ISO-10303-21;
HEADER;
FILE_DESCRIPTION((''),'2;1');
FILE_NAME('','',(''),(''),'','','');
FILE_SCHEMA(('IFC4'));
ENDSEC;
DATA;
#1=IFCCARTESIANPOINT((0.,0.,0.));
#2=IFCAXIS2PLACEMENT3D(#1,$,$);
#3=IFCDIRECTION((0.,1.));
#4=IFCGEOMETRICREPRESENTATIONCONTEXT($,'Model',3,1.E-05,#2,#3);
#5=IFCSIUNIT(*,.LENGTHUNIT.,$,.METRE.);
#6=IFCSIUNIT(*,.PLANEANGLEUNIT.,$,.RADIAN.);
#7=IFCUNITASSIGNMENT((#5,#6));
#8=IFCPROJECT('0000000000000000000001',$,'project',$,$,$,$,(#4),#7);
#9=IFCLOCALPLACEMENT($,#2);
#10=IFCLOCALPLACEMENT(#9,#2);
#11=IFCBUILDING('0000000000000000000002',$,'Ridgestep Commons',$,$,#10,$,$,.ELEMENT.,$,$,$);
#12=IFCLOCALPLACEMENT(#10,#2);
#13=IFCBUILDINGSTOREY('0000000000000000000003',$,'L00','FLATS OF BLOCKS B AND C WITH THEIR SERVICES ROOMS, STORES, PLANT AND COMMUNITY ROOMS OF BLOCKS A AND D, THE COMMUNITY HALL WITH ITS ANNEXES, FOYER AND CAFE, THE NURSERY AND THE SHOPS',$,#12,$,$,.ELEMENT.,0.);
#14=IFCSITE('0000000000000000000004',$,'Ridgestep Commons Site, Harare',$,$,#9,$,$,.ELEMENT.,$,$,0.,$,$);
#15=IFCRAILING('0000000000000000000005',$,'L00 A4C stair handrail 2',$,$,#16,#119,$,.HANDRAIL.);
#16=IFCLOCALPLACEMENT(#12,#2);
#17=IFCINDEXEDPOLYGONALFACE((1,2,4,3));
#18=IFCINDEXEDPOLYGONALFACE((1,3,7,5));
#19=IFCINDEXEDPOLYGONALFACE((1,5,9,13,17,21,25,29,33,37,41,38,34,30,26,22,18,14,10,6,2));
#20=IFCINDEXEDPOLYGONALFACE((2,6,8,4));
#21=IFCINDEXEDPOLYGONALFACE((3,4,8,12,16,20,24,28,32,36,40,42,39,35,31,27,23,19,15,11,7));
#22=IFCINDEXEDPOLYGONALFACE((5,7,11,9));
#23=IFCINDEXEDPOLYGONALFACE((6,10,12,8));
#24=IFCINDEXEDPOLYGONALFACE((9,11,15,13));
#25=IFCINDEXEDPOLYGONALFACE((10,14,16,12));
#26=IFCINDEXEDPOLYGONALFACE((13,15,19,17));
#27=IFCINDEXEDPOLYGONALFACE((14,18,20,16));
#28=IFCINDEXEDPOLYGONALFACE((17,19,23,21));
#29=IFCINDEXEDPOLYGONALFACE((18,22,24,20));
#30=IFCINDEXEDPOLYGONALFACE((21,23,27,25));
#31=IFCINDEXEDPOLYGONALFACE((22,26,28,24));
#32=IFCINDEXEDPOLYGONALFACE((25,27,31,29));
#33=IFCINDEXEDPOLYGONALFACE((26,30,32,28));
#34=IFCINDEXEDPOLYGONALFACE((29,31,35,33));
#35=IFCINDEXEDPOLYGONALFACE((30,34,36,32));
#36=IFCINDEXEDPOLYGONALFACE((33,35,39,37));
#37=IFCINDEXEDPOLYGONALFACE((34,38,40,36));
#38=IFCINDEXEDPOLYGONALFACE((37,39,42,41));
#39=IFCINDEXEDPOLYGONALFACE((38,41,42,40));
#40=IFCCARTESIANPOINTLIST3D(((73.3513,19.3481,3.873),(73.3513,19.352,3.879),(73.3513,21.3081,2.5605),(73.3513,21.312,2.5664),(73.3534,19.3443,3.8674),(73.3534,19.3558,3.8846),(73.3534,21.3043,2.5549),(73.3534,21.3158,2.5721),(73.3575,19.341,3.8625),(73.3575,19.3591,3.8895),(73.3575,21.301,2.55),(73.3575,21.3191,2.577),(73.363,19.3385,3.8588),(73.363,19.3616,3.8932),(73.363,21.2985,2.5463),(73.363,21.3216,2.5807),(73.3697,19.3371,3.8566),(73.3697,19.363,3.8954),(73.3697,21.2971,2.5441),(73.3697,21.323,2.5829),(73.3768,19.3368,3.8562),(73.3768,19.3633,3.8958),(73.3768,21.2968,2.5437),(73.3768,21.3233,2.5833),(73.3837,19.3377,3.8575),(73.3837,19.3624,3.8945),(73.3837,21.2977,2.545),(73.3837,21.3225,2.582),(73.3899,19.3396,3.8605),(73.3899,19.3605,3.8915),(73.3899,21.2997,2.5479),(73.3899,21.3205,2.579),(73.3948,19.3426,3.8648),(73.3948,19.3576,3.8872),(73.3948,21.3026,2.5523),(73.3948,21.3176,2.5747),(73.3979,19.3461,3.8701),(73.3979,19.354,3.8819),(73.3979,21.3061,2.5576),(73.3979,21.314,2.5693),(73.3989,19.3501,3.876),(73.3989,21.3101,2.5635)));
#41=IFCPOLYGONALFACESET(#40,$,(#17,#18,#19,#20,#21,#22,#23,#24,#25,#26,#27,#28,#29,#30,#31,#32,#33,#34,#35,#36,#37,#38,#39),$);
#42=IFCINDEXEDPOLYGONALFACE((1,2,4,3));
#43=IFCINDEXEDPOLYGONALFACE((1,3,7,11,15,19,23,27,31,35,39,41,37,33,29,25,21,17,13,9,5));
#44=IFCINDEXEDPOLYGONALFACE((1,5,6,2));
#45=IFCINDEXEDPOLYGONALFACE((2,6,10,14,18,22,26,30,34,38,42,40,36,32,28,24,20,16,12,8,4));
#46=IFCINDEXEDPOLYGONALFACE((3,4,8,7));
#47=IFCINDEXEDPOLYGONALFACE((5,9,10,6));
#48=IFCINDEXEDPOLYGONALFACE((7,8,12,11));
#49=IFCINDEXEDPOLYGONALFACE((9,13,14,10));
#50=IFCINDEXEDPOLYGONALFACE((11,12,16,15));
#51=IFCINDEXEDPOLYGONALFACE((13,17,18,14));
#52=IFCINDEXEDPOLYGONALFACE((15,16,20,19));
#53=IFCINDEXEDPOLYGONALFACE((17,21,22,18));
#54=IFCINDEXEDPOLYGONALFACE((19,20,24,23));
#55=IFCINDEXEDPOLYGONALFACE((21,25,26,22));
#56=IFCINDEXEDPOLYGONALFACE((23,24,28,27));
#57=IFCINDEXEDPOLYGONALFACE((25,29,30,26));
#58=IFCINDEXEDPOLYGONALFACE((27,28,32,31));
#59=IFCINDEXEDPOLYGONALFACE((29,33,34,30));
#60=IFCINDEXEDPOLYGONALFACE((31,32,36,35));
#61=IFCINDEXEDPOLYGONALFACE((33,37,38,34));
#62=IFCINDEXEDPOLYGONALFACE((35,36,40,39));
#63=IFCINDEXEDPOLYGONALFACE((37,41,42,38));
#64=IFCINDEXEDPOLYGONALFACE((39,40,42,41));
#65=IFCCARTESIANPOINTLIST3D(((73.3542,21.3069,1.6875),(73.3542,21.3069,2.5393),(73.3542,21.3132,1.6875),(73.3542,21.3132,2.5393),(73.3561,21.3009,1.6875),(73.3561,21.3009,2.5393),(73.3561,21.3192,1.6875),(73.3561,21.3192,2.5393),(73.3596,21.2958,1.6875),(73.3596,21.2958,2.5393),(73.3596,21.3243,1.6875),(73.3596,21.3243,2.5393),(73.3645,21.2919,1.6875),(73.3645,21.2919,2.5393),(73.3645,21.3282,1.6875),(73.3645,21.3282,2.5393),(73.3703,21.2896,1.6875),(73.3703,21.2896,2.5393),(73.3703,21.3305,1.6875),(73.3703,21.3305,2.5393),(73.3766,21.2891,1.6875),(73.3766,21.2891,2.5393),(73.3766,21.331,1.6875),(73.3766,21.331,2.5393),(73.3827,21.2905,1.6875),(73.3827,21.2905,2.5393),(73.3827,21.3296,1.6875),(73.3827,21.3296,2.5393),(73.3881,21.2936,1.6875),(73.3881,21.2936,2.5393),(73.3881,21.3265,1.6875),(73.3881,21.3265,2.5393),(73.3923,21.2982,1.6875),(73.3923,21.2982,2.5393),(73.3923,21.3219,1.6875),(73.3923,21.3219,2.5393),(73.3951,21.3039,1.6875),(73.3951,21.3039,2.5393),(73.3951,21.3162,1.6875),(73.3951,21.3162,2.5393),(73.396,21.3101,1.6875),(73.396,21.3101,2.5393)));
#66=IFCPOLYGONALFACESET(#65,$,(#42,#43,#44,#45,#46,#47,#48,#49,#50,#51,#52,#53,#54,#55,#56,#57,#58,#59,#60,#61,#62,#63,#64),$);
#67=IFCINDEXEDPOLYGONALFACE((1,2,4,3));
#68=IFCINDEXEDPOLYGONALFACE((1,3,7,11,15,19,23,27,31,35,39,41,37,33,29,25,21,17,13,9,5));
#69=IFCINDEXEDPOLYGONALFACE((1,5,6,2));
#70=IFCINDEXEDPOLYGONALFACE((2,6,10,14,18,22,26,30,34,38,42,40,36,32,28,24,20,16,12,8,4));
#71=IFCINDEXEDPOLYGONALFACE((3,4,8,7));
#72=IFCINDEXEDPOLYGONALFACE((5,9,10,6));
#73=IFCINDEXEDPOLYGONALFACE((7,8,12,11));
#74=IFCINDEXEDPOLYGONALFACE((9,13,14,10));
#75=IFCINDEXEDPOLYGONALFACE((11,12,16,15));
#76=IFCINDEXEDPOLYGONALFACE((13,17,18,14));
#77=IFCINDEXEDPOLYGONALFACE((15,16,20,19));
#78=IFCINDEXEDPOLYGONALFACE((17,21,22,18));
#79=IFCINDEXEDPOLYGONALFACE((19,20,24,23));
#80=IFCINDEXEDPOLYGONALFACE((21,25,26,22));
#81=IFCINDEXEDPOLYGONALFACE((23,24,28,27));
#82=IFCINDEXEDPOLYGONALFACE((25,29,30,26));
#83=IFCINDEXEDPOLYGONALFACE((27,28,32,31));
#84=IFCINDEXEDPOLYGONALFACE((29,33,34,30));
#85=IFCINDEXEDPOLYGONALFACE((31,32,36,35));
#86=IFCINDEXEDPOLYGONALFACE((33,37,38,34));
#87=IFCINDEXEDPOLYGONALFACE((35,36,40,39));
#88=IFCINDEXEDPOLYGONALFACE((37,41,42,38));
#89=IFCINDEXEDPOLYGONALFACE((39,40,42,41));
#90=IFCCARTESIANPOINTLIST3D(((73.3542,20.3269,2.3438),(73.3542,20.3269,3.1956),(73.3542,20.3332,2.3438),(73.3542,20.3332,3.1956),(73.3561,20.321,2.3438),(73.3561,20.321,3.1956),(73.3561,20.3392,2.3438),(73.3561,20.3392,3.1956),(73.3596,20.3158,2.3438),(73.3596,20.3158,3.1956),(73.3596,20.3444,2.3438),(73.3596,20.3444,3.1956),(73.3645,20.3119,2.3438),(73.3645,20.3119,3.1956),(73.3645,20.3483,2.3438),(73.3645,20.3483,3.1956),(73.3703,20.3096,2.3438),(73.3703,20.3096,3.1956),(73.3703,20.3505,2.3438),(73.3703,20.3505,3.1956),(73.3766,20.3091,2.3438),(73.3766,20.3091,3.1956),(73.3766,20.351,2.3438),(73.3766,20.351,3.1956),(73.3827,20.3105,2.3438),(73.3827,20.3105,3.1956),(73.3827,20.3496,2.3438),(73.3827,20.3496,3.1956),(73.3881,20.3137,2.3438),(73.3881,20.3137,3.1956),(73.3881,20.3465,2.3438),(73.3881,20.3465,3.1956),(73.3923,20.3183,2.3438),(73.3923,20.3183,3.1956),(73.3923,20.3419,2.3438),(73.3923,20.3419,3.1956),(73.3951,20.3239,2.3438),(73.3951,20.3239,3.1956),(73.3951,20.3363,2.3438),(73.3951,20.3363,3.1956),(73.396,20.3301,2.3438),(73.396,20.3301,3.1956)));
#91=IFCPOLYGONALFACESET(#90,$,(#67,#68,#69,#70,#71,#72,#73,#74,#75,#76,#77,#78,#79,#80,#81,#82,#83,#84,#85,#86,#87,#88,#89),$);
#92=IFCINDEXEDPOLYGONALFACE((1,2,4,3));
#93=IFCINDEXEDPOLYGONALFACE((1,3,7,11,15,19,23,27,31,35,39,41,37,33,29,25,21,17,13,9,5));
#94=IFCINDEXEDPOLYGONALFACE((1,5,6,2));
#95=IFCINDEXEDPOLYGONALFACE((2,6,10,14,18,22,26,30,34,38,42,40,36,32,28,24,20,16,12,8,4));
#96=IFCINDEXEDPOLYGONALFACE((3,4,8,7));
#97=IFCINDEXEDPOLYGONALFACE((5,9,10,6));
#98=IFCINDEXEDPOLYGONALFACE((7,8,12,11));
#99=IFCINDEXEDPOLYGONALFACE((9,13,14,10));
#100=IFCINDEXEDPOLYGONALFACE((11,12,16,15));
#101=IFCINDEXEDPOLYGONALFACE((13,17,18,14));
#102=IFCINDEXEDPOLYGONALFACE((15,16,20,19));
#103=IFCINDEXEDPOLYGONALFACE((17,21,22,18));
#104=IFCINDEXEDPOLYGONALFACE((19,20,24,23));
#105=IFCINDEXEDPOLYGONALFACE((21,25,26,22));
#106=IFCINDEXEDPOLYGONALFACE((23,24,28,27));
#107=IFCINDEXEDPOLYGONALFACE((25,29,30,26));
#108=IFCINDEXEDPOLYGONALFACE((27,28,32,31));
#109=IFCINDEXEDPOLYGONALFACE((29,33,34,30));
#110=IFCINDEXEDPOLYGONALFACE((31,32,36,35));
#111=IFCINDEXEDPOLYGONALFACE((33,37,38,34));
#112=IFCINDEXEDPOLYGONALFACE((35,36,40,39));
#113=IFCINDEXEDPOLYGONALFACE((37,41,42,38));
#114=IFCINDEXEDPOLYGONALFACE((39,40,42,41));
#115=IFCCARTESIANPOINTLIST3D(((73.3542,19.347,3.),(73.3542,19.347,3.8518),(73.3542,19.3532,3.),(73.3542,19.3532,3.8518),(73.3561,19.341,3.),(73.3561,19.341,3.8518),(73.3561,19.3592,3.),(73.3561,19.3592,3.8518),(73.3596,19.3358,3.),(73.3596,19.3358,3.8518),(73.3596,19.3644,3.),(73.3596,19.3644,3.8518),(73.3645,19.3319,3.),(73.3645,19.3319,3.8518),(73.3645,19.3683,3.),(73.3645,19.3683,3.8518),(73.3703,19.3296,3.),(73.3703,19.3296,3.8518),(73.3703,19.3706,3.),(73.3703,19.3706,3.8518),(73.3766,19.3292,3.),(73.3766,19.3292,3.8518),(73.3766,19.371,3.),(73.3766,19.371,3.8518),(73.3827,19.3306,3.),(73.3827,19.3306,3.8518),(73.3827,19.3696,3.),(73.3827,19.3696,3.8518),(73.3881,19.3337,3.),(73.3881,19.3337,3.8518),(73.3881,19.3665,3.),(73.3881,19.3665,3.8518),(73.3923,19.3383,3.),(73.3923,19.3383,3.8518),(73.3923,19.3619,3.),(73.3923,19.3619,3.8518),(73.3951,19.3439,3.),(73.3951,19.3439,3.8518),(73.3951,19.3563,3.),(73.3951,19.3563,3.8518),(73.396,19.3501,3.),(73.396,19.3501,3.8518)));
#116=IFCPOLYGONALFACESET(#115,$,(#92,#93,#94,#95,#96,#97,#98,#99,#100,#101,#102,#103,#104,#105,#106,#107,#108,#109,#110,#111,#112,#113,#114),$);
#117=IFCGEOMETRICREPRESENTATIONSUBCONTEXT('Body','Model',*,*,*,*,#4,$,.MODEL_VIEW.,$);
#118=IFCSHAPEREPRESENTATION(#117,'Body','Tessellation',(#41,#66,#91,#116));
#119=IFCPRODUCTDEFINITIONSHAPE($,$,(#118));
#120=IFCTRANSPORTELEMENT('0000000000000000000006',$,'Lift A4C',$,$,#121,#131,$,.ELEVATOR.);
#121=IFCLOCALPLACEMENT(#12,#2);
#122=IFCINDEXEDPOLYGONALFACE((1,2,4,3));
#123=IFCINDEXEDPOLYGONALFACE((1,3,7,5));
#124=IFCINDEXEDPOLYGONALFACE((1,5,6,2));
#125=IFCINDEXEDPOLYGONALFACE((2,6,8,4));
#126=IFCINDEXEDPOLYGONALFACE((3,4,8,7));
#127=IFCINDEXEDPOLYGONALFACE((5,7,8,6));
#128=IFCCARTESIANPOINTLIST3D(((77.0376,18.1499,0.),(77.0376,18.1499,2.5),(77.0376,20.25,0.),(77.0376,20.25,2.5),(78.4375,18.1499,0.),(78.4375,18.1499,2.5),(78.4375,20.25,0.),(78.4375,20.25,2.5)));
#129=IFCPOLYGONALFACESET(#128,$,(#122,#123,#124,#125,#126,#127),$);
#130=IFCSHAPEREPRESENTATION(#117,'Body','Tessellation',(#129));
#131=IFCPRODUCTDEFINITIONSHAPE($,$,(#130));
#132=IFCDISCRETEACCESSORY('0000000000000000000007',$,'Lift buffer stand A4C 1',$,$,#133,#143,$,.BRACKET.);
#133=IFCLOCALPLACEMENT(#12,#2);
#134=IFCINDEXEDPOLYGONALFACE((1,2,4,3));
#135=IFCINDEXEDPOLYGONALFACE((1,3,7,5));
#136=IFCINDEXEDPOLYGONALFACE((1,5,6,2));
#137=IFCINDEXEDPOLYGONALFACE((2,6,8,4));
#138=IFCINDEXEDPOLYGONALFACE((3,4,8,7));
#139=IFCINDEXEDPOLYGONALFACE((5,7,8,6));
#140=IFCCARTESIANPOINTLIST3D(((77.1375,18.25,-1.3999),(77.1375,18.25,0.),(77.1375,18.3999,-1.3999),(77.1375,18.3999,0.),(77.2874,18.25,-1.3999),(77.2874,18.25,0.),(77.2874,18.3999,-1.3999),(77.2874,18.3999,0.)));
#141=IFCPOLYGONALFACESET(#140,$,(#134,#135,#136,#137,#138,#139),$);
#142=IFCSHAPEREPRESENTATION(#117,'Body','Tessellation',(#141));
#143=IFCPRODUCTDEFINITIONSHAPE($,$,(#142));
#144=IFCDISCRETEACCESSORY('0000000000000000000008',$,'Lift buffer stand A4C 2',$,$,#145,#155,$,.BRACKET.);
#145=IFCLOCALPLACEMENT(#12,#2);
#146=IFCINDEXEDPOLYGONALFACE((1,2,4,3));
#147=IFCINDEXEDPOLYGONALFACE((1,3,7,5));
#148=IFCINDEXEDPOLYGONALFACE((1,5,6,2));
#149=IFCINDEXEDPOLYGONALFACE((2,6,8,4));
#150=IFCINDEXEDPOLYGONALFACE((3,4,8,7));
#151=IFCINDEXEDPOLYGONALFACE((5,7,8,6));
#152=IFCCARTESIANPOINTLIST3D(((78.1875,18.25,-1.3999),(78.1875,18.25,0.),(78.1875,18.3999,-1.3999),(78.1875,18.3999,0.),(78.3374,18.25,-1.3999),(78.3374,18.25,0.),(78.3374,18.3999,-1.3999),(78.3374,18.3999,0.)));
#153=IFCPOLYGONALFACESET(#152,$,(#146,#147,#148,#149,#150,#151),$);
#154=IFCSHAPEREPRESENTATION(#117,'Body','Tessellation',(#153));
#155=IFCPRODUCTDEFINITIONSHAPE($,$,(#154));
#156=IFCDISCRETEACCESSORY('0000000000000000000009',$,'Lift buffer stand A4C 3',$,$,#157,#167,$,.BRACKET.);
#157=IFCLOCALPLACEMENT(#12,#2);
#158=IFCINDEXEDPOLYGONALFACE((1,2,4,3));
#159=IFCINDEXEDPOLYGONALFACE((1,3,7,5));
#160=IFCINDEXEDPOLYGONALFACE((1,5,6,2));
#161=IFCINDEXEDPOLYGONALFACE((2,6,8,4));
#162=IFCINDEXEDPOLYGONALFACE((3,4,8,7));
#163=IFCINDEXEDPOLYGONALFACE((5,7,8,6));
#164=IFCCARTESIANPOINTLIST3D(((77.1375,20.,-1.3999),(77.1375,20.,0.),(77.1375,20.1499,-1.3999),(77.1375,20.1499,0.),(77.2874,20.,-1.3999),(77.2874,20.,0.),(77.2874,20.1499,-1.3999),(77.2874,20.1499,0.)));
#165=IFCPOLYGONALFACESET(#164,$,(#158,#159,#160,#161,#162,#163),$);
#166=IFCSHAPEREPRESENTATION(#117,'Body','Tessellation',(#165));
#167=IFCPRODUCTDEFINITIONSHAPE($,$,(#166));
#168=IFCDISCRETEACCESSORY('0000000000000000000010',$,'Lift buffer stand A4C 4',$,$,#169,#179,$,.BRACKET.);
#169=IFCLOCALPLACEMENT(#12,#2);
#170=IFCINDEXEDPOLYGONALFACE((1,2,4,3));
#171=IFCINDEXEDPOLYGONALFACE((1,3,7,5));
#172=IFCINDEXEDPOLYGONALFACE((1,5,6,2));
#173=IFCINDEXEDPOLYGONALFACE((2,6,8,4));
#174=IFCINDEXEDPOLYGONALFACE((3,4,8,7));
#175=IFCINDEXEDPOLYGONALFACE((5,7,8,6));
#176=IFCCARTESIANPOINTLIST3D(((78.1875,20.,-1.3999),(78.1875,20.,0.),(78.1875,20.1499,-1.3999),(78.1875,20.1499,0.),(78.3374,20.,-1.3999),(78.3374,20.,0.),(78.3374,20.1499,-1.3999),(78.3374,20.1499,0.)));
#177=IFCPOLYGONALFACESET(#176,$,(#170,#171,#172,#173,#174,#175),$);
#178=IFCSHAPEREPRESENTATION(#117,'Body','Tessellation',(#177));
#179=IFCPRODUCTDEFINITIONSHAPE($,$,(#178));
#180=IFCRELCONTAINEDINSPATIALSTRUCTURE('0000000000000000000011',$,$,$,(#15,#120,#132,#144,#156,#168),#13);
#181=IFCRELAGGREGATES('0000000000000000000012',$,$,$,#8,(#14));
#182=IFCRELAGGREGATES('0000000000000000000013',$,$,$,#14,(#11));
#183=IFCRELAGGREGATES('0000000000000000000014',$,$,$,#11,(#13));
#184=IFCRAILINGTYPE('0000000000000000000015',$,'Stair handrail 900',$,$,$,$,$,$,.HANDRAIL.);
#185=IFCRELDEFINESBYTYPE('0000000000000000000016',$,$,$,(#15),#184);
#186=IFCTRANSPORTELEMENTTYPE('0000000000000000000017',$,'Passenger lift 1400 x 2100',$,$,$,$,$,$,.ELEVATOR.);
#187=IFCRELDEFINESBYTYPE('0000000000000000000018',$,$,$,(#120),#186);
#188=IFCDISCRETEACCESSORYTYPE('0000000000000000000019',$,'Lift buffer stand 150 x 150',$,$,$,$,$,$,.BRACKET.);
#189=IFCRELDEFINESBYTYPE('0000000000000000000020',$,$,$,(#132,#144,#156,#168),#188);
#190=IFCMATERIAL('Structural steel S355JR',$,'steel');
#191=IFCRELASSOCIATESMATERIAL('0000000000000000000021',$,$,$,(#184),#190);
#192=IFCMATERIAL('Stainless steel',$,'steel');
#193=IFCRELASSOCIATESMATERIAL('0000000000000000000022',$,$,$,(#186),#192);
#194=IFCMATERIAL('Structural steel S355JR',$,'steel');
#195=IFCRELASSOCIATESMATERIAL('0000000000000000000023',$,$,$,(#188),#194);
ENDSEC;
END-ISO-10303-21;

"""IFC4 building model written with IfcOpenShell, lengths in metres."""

from ifc_helpers import new_model, si_unit, direction, frame, origin, origin_2d, place, context, subcontext, project, spatial, rectangle, circle, extrude, material, type_object, element, save


model = new_model("IFC4")

# Units and contexts
model_context = context("Model", 3, precision=1e-05, world=origin(), true_north=direction((0.0, 1.0)))
body_context = subcontext(model_context, "Body", "Model", "MODEL_VIEW")
ifc_project = project(units=[si_unit("LENGTHUNIT", "METRE"), si_unit("PLANEANGLEUNIT", "RADIAN")], contexts=[model_context])

# Site, building, storey
site_placement = place(None, origin())
site = spatial("IfcSite", under=ifc_project, at=site_placement, Name="Ridgestep Commons Site, Harare", CompositionType="ELEMENT", RefElevation=0.0)
building_placement = place(site_placement, origin())
building = spatial("IfcBuilding", under=site, at=building_placement, Name="Ridgestep Commons", CompositionType="ELEMENT")
storey_placement = place(building_placement, origin())
storey = spatial("IfcBuildingStorey", under=building, at=storey_placement, Name="L00", Description="FLATS OF BLOCKS B AND C WITH THEIR SERVICES ROOMS, STORES, PLANT AND COMMUNITY ROOMS OF BLOCKS A AND D, THE COMMUNITY HALL WITH ITS ANNEXES, FOYER AND CAFE, THE NURSERY AND THE SHOPS", CompositionType="ELEMENT", Elevation=0.0)

# Railing
ifc_material_1 = material(Name="Structural steel S355JR", Category="steel")
railing_type_1 = type_object("IfcRailingType", Name="Stair handrail 900", PredefinedType="HANDRAIL", material=ifc_material_1)
railing_1_placement = place(storey_placement, frame((73.375, 21.3101, 1.6875)))
element("IfcRailing", 1, at=railing_1_placement, inside=storey, type_object=railing_type_1, Name="L00 A4C stair handrail 2", PredefinedType="HANDRAIL", context=body_context, shape_type="SweptSolid", body=[
    extrude(circle(Radius=0.0239, at=origin_2d()), frame((0.0, 0.0, 0.876), z_axis=(0.0, -0.830902, 0.556419), x_axis=(1.0, 0.0, 0.0)), (0.0, 0.0, 1.0), 2.3589),
    extrude(circle(Radius=0.021, at=origin_2d()), origin(), (0.0, 0.0, 1.0), 0.8518),
    extrude(circle(Radius=0.021, at=origin_2d()), frame((0.0, -0.98, 0.6562)), (0.0, 0.0, 1.0), 0.8518),
    extrude(circle(Radius=0.021, at=origin_2d()), frame((0.0, -1.96, 1.3125)), (0.0, 0.0, 1.0), 0.8518),
])

# Transport element
ifc_material_2 = material(Name="Stainless steel", Category="steel")
transport_element_type = type_object("IfcTransportElementType", Name="Passenger lift 1400 x 2100", PredefinedType="ELEVATOR", material=ifc_material_2)
transport_element_placement = place(storey_placement, frame((77.7375, 19.2, 0.0), z_axis=(0.0, 0.0, 1.0), x_axis=(1.0, 0.0, 0.0)))
element("IfcTransportElement", 2, at=transport_element_placement, inside=storey, type_object=transport_element_type, Name="Lift A4C", PredefinedType="ELEVATOR", context=body_context, shape_type="SweptSolid", body=[
    extrude(rectangle(XDim=1.3999, YDim=2.1001, at=origin_2d()), origin(), (0.0, 0.0, 1.0), 2.5),
])

# Discrete accessories
ifc_material_3 = material(Name="Structural steel S355JR", Category="steel")
discrete_accessory_type = type_object("IfcDiscreteAccessoryType", Name="Lift buffer stand 150 x 150", PredefinedType="BRACKET", material=ifc_material_3)
for number, where, z_axis, x_axis, name in (
    (3, (77.2124, 18.325, -1.3999), (0.0, 0.0, 1.0), (1.0, 0.0, 0.0), "Lift buffer stand A4C 1"),
    (4, (78.2625, 18.325, -1.3999), (0.0, 0.0, 1.0), (1.0, 0.0, 0.0), "Lift buffer stand A4C 2"),
    (5, (77.2124, 20.075, -1.3999), (0.0, 0.0, 1.0), (1.0, 0.0, 0.0), "Lift buffer stand A4C 3"),
    (6, (78.2625, 20.075, -1.3999), (0.0, 0.0, 1.0), (1.0, 0.0, 0.0), "Lift buffer stand A4C 4"),
):
    element("IfcDiscreteAccessory", number, at=place(storey_placement, frame(where, z_axis=z_axis, x_axis=x_axis)), inside=storey, type_object=discrete_accessory_type, Name=name, PredefinedType="BRACKET", context=body_context, shape_type="SweptSolid", body=[
        extrude(rectangle(XDim=0.1499, YDim=0.1499, at=origin_2d()), origin(), (0.0, 0.0, 1.0), 1.3999),
    ])

save(model, "model.ifc")
